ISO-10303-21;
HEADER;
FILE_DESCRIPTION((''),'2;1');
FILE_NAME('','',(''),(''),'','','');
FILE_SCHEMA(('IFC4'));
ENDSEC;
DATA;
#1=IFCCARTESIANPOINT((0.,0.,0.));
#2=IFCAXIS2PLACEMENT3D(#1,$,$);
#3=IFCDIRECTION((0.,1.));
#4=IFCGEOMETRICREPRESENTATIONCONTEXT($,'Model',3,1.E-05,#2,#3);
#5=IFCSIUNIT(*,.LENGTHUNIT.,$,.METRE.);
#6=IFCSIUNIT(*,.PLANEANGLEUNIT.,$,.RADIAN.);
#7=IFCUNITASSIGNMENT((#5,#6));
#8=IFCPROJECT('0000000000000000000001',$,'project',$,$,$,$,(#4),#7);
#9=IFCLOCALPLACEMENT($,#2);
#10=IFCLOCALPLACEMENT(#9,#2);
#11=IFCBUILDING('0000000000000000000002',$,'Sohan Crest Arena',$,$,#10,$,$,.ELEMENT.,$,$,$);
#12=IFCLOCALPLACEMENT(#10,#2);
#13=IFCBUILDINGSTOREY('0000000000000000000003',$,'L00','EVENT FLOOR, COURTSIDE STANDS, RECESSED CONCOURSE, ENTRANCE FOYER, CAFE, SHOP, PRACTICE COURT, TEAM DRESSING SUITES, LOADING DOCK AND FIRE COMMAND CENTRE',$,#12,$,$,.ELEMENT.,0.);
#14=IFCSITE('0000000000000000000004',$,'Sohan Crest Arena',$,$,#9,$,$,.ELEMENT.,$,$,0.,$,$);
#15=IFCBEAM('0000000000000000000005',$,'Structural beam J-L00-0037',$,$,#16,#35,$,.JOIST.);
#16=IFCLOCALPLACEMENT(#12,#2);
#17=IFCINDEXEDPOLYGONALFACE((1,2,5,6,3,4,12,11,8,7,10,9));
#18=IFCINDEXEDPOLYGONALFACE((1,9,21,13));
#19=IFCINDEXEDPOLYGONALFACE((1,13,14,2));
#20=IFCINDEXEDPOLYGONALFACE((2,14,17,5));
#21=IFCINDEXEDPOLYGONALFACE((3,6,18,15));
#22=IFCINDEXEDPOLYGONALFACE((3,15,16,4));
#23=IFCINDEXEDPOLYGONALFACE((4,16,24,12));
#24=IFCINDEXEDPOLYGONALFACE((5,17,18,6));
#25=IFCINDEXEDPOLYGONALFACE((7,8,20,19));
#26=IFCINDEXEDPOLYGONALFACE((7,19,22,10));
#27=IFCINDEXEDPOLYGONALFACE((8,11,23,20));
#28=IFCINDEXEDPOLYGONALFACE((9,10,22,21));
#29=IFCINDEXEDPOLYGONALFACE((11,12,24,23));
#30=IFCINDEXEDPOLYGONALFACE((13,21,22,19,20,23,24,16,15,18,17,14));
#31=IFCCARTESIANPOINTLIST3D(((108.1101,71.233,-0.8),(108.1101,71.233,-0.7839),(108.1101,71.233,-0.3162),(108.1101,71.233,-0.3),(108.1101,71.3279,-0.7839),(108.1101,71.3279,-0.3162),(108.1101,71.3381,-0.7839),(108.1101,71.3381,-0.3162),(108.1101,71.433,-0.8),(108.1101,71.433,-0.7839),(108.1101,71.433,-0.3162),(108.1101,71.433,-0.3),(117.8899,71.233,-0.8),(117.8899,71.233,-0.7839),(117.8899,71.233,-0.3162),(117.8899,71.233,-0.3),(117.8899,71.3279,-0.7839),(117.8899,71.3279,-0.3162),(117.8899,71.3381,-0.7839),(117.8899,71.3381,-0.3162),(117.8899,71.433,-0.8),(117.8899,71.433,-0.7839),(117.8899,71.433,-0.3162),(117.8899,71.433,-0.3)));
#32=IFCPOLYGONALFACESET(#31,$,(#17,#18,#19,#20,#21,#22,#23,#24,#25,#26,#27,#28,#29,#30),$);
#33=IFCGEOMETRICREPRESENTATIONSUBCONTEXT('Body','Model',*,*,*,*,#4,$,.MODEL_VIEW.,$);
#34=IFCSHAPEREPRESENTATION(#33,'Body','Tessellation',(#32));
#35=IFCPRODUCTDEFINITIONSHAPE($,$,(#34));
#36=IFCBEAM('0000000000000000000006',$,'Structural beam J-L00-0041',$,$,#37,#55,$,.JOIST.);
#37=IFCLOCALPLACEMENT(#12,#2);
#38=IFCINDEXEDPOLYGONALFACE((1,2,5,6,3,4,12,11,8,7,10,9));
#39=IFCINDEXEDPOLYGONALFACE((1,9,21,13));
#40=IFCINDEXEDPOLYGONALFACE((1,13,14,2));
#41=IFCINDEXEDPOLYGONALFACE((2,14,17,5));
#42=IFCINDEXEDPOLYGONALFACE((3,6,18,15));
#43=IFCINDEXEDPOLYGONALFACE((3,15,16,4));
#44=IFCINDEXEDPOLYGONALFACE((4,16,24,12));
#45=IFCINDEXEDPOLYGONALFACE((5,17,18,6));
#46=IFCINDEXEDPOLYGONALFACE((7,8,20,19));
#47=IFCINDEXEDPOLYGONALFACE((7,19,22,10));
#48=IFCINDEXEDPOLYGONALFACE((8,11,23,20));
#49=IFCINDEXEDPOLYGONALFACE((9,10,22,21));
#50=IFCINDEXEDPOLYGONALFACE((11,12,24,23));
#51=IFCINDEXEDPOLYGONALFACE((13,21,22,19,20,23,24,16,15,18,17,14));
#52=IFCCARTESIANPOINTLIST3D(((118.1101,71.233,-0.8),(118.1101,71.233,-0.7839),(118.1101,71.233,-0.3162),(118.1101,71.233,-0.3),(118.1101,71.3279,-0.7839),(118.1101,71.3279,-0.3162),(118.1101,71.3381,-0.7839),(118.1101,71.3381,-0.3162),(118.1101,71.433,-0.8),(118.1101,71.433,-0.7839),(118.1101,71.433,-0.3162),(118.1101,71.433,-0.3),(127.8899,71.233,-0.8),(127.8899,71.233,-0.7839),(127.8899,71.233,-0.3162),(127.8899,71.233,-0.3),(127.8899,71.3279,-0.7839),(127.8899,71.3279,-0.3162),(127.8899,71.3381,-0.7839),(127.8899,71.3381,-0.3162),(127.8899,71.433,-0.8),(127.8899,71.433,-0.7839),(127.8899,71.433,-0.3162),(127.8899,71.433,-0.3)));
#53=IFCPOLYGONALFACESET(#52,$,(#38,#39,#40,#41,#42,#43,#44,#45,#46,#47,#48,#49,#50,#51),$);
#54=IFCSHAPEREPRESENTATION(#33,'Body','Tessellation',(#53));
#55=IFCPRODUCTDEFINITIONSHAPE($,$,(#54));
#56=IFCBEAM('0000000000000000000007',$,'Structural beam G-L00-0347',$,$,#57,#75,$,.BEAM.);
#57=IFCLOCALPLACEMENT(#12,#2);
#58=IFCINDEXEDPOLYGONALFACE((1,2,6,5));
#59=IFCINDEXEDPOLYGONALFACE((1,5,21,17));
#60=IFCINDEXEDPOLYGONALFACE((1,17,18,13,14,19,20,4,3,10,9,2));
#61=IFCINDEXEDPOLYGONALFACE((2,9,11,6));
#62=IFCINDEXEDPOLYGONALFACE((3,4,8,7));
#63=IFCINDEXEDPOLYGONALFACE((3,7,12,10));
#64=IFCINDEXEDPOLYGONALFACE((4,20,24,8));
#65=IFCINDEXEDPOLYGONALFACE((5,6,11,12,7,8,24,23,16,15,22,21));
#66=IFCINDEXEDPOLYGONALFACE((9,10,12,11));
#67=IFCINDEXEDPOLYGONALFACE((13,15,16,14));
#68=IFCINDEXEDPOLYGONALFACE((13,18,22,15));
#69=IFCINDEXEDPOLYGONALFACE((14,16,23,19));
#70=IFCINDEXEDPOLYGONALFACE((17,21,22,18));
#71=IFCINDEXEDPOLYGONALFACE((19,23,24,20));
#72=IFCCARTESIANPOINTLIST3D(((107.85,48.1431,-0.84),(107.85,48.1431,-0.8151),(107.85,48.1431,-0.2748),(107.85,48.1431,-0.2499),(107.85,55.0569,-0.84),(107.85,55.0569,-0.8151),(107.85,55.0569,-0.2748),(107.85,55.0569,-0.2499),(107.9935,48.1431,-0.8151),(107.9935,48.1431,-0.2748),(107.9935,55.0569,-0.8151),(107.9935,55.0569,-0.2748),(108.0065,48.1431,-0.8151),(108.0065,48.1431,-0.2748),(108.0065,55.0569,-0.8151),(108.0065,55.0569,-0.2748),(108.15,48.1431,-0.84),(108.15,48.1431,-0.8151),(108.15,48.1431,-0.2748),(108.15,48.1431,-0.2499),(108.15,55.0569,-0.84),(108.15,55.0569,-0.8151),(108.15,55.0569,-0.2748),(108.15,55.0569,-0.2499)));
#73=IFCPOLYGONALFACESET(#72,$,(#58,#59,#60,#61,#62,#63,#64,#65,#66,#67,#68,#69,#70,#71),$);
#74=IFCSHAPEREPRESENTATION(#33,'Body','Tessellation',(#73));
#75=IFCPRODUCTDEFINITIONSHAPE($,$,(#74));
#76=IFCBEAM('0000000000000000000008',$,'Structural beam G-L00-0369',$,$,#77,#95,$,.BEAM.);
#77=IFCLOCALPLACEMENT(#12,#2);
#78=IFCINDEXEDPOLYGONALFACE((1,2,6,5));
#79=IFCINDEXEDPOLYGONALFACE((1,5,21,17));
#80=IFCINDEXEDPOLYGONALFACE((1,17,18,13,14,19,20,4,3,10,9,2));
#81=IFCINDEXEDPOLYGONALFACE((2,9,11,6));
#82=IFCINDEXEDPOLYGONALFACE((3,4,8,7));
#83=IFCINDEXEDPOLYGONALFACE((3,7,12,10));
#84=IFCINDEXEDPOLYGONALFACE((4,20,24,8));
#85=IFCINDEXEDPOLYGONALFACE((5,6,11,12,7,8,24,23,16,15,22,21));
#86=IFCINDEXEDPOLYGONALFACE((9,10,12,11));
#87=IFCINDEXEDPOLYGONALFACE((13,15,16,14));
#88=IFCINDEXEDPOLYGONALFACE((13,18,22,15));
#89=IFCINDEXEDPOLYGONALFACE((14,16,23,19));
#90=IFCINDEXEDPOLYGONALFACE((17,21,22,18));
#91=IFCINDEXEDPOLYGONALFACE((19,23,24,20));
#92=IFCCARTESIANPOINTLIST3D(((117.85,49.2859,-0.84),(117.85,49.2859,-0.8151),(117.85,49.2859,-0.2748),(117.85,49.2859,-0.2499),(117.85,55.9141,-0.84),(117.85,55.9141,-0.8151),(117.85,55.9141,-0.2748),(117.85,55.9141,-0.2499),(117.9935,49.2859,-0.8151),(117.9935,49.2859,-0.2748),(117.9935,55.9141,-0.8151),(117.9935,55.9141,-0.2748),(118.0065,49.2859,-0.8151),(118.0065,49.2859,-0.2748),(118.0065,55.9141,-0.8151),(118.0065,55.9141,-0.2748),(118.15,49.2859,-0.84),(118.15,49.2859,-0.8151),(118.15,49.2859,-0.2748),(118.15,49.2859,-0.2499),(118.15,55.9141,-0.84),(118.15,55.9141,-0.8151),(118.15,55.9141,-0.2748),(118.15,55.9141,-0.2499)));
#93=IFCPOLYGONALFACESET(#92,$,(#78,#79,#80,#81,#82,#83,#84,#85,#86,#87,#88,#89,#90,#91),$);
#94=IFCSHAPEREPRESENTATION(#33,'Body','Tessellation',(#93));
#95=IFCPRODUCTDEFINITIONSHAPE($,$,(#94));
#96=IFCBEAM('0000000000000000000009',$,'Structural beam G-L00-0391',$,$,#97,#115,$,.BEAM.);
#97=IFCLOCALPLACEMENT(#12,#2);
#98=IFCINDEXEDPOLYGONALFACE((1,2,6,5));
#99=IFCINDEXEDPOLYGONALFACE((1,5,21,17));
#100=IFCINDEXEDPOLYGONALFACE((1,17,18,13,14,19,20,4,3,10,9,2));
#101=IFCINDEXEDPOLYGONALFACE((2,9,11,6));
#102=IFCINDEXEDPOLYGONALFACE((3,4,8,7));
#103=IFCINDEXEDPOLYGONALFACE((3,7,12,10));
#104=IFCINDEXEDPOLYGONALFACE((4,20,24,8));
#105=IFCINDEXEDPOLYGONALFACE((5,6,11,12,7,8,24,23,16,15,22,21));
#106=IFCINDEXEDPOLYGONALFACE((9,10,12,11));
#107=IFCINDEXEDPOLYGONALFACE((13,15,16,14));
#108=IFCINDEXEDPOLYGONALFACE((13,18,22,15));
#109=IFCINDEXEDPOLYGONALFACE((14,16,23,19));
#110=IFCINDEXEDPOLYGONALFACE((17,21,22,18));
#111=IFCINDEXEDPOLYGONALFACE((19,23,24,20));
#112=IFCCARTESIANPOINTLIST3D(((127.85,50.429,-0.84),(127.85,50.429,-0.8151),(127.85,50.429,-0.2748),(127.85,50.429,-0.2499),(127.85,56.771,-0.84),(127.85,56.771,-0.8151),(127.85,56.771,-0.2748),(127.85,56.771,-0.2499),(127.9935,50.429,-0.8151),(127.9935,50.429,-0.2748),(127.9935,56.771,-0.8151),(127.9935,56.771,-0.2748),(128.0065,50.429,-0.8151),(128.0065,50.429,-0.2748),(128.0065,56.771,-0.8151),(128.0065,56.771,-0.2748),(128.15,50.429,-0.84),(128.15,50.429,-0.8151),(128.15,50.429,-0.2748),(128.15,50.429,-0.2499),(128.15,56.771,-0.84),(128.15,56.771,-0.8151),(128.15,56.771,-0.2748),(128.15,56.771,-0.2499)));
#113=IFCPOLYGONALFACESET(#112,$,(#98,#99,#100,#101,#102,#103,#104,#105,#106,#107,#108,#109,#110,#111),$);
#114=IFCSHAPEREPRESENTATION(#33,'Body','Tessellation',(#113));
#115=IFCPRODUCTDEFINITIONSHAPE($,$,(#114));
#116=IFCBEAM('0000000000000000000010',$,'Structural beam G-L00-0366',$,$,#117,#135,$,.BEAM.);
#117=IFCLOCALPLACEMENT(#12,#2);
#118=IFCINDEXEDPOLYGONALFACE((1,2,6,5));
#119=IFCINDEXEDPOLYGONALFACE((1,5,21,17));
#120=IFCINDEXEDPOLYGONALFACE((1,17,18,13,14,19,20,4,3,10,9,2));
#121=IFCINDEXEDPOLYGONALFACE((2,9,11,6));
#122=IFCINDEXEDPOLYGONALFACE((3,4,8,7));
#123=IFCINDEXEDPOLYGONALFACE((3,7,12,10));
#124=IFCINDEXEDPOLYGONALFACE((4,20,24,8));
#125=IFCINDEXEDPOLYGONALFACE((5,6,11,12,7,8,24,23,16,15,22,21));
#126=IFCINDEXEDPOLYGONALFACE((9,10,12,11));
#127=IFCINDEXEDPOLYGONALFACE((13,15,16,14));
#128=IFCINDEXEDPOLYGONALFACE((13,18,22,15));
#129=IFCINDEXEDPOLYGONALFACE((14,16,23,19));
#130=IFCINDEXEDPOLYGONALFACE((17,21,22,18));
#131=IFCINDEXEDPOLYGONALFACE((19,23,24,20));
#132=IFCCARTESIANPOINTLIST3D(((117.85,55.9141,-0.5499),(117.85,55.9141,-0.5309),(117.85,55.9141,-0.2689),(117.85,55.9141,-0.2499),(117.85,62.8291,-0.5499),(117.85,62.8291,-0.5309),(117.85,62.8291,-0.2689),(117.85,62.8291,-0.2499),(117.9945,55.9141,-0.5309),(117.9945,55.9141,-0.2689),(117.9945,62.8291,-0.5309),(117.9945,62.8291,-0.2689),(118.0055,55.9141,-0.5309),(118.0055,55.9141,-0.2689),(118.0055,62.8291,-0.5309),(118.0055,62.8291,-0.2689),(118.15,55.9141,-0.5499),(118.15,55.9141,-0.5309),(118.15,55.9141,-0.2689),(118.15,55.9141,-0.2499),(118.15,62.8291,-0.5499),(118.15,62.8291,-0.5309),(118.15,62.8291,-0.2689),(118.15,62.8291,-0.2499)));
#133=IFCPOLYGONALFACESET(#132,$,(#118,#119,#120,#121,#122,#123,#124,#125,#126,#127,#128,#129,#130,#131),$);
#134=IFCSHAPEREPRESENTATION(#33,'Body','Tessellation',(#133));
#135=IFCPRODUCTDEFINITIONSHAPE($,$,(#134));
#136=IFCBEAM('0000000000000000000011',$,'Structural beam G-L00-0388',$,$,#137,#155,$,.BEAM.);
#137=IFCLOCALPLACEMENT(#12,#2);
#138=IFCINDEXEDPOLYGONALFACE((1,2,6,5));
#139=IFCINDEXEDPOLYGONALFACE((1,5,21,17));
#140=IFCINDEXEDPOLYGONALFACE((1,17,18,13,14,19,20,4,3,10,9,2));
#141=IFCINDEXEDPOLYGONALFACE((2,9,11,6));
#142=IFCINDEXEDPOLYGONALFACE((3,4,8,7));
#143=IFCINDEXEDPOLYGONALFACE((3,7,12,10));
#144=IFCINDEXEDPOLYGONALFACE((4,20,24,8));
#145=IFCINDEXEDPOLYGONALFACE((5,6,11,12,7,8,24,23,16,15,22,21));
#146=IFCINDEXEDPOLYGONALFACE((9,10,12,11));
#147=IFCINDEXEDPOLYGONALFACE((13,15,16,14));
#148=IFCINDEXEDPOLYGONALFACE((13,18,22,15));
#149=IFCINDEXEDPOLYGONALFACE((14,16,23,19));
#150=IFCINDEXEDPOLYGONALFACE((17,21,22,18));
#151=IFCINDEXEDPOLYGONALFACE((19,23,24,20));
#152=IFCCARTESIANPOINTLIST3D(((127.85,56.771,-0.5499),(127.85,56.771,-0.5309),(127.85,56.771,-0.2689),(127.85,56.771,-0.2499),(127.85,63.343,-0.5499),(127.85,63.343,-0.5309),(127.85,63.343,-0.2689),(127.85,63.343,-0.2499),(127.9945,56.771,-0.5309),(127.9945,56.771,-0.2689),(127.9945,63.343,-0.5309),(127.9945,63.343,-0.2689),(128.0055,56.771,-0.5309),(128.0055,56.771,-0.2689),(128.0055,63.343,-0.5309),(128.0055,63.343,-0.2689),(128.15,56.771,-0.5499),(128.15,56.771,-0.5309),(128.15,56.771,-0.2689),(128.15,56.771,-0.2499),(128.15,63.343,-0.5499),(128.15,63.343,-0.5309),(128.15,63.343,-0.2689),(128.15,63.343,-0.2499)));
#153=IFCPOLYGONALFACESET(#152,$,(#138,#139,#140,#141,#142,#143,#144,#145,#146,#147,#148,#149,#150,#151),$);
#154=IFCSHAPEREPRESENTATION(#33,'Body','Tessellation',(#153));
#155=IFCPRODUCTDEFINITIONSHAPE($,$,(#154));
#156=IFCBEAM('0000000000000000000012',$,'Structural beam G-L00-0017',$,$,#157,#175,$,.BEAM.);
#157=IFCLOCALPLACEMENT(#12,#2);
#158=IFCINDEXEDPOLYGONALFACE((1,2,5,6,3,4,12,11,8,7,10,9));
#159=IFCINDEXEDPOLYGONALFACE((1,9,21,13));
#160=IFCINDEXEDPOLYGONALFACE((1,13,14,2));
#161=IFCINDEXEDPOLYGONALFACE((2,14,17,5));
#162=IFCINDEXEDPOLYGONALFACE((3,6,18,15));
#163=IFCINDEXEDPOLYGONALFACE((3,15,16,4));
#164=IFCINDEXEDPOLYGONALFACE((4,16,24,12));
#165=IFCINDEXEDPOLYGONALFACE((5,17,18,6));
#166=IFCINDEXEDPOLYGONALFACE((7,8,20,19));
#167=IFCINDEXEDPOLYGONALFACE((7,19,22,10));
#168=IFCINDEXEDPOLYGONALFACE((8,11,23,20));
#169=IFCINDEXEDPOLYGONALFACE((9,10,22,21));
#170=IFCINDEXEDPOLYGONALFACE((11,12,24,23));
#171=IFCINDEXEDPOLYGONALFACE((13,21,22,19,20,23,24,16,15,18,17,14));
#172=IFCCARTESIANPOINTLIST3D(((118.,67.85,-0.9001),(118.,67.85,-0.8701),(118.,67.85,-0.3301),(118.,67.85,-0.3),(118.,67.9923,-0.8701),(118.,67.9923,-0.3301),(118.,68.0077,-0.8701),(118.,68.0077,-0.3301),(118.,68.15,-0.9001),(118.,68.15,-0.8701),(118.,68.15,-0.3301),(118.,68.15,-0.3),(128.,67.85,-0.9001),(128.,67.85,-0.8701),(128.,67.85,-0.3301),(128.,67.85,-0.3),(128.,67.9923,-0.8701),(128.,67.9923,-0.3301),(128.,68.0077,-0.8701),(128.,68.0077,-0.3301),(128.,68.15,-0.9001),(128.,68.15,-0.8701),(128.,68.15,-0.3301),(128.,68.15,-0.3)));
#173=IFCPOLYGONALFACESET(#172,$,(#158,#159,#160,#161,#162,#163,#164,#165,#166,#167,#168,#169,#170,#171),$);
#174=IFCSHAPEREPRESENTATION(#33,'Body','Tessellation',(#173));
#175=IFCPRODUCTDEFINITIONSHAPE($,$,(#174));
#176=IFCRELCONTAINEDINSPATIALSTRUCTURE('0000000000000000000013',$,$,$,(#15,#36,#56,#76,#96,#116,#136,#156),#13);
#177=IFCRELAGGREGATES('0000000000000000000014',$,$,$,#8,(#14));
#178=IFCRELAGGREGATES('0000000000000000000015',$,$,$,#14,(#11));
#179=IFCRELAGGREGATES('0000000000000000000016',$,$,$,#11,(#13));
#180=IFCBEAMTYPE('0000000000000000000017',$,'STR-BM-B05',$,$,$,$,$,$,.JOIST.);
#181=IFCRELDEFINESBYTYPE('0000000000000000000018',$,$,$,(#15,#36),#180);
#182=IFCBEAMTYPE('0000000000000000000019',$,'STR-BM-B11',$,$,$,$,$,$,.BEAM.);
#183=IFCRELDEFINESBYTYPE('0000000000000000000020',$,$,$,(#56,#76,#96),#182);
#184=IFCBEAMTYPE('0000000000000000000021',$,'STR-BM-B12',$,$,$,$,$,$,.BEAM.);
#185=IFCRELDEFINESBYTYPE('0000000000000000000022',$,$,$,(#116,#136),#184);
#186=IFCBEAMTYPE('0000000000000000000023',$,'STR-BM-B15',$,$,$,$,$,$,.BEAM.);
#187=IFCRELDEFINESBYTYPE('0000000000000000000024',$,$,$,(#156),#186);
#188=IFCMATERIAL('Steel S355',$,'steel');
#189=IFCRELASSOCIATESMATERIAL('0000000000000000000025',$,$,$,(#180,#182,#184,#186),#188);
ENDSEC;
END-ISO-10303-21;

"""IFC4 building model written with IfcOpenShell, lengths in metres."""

from ifc_helpers import new_model, si_unit, direction, frame, origin, origin_2d, place, context, subcontext, project, spatial, i_section, extrude, material, material_profile, profile_set, type_object, element, save


model = new_model("IFC4")

# Units and contexts
model_context = context("Model", 3, precision=1e-05, world=origin(), true_north=direction((0.0, 1.0)))
body_context = subcontext(model_context, "Body", "Model", "MODEL_VIEW")
ifc_project = project(units=[si_unit("LENGTHUNIT", "METRE"), si_unit("PLANEANGLEUNIT", "RADIAN")], contexts=[model_context])

# Site, building, storey
site_placement = place(None, origin())
site = spatial("IfcSite", under=ifc_project, at=site_placement, Name="Sohan Crest Arena", CompositionType="ELEMENT", RefElevation=0.0)
building_placement = place(site_placement, origin())
building = spatial("IfcBuilding", under=site, at=building_placement, Name="Sohan Crest Arena", CompositionType="ELEMENT")
storey_placement = place(building_placement, origin())
storey = spatial("IfcBuildingStorey", under=building, at=storey_placement, Name="L00", Description="EVENT FLOOR, COURTSIDE STANDS, RECESSED CONCOURSE, ENTRANCE FOYER, CAFE, SHOP, PRACTICE COURT, TEAM DRESSING SUITES, LOADING DOCK AND FIRE COMMAND CENTRE", CompositionType="ELEMENT", Elevation=0.0)

# Beams
ifc_material_1 = material(Name="Steel S355", Category="steel")
ifc_material_profile_1 = material_profile(ifc_material_1, i_section(OverallWidth=0.2, OverallDepth=0.5, WebThickness=0.0103, FlangeThickness=0.0161, at=origin_2d()), Name="IPE 500")
ifc_profile_set_1 = profile_set([ifc_material_profile_1], Name="Steel S355")
beam_type_1 = type_object("IfcBeamType", Name="STR-BM-B05", PredefinedType="JOIST", material=ifc_profile_set_1)
for number, where, z_axis, x_axis, name in (
    (1, (108.1101, 71.333, -0.55), (1.0, 0.0, 0.0), (0.0, 1.0, 0.0), "Structural beam J-L00-0037"),
    (2, (118.1101, 71.333, -0.55), (1.0, 0.0, 0.0), (0.0, 1.0, 0.0), "Structural beam J-L00-0041"),
):
    element("IfcBeam", number, at=place(storey_placement, frame(where, z_axis=z_axis, x_axis=x_axis)), inside=storey, type_object=beam_type_1, Name=name, PredefinedType="JOIST", context=body_context, shape_type="SweptSolid", body=[
        extrude(i_section(OverallWidth=0.2, OverallDepth=0.5, WebThickness=0.0103, FlangeThickness=0.0161, at=origin_2d()), origin(), (0.0, 0.0, 1.0), 9.7798),
    ])
ifc_material_profile_2 = material_profile(ifc_material_1, i_section(OverallWidth=0.3, OverallDepth=0.5901, WebThickness=0.0129, FlangeThickness=0.0249, at=origin_2d()), Name="HEA 600")
ifc_profile_set_2 = profile_set([ifc_material_profile_2], Name="Steel S355")
beam_type_2 = type_object("IfcBeamType", Name="STR-BM-B11", PredefinedType="BEAM", material=ifc_profile_set_2)
beam_1_placement = place(storey_placement, frame((108.0, 55.0569, -0.5449), z_axis=(0.0, -1.0, 0.0), x_axis=(1.0, 0.0, 0.0)))
element("IfcBeam", 3, at=beam_1_placement, inside=storey, type_object=beam_type_2, Name="Structural beam G-L00-0347", PredefinedType="BEAM", context=body_context, shape_type="SweptSolid", body=[
    extrude(i_section(OverallWidth=0.3, OverallDepth=0.5901, WebThickness=0.0129, FlangeThickness=0.0249, at=origin_2d()), origin(), (0.0, 0.0, 1.0), 6.9138),
])
beam_2_placement = place(storey_placement, frame((118.0, 55.9141, -0.5449), z_axis=(0.0, -1.0, 0.0), x_axis=(1.0, 0.0, 0.0)))
element("IfcBeam", 4, at=beam_2_placement, inside=storey, type_object=beam_type_2, Name="Structural beam G-L00-0369", PredefinedType="BEAM", context=body_context, shape_type="SweptSolid", body=[
    extrude(i_section(OverallWidth=0.3, OverallDepth=0.5901, WebThickness=0.0129, FlangeThickness=0.0249, at=origin_2d()), origin(), (0.0, 0.0, 1.0), 6.6282),
])
beam_3_placement = place(storey_placement, frame((128.0, 56.771, -0.5449), z_axis=(0.0, -1.0, 0.0), x_axis=(1.0, 0.0, 0.0)))
element("IfcBeam", 5, at=beam_3_placement, inside=storey, type_object=beam_type_2, Name="Structural beam G-L00-0391", PredefinedType="BEAM", context=body_context, shape_type="SweptSolid", body=[
    extrude(i_section(OverallWidth=0.3, OverallDepth=0.5901, WebThickness=0.0129, FlangeThickness=0.0249, at=origin_2d()), origin(), (0.0, 0.0, 1.0), 6.342),
])
ifc_material_profile_3 = material_profile(ifc_material_1, i_section(OverallWidth=0.3, OverallDepth=0.3, WebThickness=0.011, FlangeThickness=0.019, at=origin_2d()), Name="HEB 300")
ifc_profile_set_3 = profile_set([ifc_material_profile_3], Name="Steel S355")
beam_type_3 = type_object("IfcBeamType", Name="STR-BM-B12", PredefinedType="BEAM", material=ifc_profile_set_3)
beam_4_placement = place(storey_placement, frame((118.0, 62.8291, -0.3999), z_axis=(0.0, -1.0, 0.0), x_axis=(1.0, 0.0, 0.0)))
element("IfcBeam", 6, at=beam_4_placement, inside=storey, type_object=beam_type_3, Name="Structural beam G-L00-0366", PredefinedType="BEAM", context=body_context, shape_type="SweptSolid", body=[
    extrude(i_section(OverallWidth=0.3, OverallDepth=0.3, WebThickness=0.011, FlangeThickness=0.019, at=origin_2d()), origin(), (0.0, 0.0, 1.0), 6.915),
])
beam_5_placement = place(storey_placement, frame((128.0, 63.343, -0.3999), z_axis=(0.0, -1.0, 0.0), x_axis=(1.0, 0.0, 0.0)))
element("IfcBeam", 7, at=beam_5_placement, inside=storey, type_object=beam_type_3, Name="Structural beam G-L00-0388", PredefinedType="BEAM", context=body_context, shape_type="SweptSolid", body=[
    extrude(i_section(OverallWidth=0.3, OverallDepth=0.3, WebThickness=0.011, FlangeThickness=0.019, at=origin_2d()), origin(), (0.0, 0.0, 1.0), 6.572),
])
ifc_material_profile_4 = material_profile(ifc_material_1, i_section(OverallWidth=0.3, OverallDepth=0.6001, WebThickness=0.0154, FlangeThickness=0.03, at=origin_2d()), Name="HEB 600")
ifc_profile_set_4 = profile_set([ifc_material_profile_4], Name="Steel S355")
beam_type_4 = type_object("IfcBeamType", Name="STR-BM-B15", PredefinedType="BEAM", material=ifc_profile_set_4)
for number, where, z_axis, x_axis, name in (
    (8, (118.0, 68.0, -0.6001), (1.0, 0.0, 0.0), (0.0, 1.0, 0.0), "Structural beam G-L00-0017"),
):
    element("IfcBeam", number, at=place(storey_placement, frame(where, z_axis=z_axis, x_axis=x_axis)), inside=storey, type_object=beam_type_4, Name=name, PredefinedType="BEAM", context=body_context, shape_type="SweptSolid", body=[
        extrude(i_section(OverallWidth=0.3, OverallDepth=0.6001, WebThickness=0.0154, FlangeThickness=0.03, at=origin_2d()), origin(), (0.0, 0.0, 1.0), 10.0),
    ])

save(model, "model.ifc")
